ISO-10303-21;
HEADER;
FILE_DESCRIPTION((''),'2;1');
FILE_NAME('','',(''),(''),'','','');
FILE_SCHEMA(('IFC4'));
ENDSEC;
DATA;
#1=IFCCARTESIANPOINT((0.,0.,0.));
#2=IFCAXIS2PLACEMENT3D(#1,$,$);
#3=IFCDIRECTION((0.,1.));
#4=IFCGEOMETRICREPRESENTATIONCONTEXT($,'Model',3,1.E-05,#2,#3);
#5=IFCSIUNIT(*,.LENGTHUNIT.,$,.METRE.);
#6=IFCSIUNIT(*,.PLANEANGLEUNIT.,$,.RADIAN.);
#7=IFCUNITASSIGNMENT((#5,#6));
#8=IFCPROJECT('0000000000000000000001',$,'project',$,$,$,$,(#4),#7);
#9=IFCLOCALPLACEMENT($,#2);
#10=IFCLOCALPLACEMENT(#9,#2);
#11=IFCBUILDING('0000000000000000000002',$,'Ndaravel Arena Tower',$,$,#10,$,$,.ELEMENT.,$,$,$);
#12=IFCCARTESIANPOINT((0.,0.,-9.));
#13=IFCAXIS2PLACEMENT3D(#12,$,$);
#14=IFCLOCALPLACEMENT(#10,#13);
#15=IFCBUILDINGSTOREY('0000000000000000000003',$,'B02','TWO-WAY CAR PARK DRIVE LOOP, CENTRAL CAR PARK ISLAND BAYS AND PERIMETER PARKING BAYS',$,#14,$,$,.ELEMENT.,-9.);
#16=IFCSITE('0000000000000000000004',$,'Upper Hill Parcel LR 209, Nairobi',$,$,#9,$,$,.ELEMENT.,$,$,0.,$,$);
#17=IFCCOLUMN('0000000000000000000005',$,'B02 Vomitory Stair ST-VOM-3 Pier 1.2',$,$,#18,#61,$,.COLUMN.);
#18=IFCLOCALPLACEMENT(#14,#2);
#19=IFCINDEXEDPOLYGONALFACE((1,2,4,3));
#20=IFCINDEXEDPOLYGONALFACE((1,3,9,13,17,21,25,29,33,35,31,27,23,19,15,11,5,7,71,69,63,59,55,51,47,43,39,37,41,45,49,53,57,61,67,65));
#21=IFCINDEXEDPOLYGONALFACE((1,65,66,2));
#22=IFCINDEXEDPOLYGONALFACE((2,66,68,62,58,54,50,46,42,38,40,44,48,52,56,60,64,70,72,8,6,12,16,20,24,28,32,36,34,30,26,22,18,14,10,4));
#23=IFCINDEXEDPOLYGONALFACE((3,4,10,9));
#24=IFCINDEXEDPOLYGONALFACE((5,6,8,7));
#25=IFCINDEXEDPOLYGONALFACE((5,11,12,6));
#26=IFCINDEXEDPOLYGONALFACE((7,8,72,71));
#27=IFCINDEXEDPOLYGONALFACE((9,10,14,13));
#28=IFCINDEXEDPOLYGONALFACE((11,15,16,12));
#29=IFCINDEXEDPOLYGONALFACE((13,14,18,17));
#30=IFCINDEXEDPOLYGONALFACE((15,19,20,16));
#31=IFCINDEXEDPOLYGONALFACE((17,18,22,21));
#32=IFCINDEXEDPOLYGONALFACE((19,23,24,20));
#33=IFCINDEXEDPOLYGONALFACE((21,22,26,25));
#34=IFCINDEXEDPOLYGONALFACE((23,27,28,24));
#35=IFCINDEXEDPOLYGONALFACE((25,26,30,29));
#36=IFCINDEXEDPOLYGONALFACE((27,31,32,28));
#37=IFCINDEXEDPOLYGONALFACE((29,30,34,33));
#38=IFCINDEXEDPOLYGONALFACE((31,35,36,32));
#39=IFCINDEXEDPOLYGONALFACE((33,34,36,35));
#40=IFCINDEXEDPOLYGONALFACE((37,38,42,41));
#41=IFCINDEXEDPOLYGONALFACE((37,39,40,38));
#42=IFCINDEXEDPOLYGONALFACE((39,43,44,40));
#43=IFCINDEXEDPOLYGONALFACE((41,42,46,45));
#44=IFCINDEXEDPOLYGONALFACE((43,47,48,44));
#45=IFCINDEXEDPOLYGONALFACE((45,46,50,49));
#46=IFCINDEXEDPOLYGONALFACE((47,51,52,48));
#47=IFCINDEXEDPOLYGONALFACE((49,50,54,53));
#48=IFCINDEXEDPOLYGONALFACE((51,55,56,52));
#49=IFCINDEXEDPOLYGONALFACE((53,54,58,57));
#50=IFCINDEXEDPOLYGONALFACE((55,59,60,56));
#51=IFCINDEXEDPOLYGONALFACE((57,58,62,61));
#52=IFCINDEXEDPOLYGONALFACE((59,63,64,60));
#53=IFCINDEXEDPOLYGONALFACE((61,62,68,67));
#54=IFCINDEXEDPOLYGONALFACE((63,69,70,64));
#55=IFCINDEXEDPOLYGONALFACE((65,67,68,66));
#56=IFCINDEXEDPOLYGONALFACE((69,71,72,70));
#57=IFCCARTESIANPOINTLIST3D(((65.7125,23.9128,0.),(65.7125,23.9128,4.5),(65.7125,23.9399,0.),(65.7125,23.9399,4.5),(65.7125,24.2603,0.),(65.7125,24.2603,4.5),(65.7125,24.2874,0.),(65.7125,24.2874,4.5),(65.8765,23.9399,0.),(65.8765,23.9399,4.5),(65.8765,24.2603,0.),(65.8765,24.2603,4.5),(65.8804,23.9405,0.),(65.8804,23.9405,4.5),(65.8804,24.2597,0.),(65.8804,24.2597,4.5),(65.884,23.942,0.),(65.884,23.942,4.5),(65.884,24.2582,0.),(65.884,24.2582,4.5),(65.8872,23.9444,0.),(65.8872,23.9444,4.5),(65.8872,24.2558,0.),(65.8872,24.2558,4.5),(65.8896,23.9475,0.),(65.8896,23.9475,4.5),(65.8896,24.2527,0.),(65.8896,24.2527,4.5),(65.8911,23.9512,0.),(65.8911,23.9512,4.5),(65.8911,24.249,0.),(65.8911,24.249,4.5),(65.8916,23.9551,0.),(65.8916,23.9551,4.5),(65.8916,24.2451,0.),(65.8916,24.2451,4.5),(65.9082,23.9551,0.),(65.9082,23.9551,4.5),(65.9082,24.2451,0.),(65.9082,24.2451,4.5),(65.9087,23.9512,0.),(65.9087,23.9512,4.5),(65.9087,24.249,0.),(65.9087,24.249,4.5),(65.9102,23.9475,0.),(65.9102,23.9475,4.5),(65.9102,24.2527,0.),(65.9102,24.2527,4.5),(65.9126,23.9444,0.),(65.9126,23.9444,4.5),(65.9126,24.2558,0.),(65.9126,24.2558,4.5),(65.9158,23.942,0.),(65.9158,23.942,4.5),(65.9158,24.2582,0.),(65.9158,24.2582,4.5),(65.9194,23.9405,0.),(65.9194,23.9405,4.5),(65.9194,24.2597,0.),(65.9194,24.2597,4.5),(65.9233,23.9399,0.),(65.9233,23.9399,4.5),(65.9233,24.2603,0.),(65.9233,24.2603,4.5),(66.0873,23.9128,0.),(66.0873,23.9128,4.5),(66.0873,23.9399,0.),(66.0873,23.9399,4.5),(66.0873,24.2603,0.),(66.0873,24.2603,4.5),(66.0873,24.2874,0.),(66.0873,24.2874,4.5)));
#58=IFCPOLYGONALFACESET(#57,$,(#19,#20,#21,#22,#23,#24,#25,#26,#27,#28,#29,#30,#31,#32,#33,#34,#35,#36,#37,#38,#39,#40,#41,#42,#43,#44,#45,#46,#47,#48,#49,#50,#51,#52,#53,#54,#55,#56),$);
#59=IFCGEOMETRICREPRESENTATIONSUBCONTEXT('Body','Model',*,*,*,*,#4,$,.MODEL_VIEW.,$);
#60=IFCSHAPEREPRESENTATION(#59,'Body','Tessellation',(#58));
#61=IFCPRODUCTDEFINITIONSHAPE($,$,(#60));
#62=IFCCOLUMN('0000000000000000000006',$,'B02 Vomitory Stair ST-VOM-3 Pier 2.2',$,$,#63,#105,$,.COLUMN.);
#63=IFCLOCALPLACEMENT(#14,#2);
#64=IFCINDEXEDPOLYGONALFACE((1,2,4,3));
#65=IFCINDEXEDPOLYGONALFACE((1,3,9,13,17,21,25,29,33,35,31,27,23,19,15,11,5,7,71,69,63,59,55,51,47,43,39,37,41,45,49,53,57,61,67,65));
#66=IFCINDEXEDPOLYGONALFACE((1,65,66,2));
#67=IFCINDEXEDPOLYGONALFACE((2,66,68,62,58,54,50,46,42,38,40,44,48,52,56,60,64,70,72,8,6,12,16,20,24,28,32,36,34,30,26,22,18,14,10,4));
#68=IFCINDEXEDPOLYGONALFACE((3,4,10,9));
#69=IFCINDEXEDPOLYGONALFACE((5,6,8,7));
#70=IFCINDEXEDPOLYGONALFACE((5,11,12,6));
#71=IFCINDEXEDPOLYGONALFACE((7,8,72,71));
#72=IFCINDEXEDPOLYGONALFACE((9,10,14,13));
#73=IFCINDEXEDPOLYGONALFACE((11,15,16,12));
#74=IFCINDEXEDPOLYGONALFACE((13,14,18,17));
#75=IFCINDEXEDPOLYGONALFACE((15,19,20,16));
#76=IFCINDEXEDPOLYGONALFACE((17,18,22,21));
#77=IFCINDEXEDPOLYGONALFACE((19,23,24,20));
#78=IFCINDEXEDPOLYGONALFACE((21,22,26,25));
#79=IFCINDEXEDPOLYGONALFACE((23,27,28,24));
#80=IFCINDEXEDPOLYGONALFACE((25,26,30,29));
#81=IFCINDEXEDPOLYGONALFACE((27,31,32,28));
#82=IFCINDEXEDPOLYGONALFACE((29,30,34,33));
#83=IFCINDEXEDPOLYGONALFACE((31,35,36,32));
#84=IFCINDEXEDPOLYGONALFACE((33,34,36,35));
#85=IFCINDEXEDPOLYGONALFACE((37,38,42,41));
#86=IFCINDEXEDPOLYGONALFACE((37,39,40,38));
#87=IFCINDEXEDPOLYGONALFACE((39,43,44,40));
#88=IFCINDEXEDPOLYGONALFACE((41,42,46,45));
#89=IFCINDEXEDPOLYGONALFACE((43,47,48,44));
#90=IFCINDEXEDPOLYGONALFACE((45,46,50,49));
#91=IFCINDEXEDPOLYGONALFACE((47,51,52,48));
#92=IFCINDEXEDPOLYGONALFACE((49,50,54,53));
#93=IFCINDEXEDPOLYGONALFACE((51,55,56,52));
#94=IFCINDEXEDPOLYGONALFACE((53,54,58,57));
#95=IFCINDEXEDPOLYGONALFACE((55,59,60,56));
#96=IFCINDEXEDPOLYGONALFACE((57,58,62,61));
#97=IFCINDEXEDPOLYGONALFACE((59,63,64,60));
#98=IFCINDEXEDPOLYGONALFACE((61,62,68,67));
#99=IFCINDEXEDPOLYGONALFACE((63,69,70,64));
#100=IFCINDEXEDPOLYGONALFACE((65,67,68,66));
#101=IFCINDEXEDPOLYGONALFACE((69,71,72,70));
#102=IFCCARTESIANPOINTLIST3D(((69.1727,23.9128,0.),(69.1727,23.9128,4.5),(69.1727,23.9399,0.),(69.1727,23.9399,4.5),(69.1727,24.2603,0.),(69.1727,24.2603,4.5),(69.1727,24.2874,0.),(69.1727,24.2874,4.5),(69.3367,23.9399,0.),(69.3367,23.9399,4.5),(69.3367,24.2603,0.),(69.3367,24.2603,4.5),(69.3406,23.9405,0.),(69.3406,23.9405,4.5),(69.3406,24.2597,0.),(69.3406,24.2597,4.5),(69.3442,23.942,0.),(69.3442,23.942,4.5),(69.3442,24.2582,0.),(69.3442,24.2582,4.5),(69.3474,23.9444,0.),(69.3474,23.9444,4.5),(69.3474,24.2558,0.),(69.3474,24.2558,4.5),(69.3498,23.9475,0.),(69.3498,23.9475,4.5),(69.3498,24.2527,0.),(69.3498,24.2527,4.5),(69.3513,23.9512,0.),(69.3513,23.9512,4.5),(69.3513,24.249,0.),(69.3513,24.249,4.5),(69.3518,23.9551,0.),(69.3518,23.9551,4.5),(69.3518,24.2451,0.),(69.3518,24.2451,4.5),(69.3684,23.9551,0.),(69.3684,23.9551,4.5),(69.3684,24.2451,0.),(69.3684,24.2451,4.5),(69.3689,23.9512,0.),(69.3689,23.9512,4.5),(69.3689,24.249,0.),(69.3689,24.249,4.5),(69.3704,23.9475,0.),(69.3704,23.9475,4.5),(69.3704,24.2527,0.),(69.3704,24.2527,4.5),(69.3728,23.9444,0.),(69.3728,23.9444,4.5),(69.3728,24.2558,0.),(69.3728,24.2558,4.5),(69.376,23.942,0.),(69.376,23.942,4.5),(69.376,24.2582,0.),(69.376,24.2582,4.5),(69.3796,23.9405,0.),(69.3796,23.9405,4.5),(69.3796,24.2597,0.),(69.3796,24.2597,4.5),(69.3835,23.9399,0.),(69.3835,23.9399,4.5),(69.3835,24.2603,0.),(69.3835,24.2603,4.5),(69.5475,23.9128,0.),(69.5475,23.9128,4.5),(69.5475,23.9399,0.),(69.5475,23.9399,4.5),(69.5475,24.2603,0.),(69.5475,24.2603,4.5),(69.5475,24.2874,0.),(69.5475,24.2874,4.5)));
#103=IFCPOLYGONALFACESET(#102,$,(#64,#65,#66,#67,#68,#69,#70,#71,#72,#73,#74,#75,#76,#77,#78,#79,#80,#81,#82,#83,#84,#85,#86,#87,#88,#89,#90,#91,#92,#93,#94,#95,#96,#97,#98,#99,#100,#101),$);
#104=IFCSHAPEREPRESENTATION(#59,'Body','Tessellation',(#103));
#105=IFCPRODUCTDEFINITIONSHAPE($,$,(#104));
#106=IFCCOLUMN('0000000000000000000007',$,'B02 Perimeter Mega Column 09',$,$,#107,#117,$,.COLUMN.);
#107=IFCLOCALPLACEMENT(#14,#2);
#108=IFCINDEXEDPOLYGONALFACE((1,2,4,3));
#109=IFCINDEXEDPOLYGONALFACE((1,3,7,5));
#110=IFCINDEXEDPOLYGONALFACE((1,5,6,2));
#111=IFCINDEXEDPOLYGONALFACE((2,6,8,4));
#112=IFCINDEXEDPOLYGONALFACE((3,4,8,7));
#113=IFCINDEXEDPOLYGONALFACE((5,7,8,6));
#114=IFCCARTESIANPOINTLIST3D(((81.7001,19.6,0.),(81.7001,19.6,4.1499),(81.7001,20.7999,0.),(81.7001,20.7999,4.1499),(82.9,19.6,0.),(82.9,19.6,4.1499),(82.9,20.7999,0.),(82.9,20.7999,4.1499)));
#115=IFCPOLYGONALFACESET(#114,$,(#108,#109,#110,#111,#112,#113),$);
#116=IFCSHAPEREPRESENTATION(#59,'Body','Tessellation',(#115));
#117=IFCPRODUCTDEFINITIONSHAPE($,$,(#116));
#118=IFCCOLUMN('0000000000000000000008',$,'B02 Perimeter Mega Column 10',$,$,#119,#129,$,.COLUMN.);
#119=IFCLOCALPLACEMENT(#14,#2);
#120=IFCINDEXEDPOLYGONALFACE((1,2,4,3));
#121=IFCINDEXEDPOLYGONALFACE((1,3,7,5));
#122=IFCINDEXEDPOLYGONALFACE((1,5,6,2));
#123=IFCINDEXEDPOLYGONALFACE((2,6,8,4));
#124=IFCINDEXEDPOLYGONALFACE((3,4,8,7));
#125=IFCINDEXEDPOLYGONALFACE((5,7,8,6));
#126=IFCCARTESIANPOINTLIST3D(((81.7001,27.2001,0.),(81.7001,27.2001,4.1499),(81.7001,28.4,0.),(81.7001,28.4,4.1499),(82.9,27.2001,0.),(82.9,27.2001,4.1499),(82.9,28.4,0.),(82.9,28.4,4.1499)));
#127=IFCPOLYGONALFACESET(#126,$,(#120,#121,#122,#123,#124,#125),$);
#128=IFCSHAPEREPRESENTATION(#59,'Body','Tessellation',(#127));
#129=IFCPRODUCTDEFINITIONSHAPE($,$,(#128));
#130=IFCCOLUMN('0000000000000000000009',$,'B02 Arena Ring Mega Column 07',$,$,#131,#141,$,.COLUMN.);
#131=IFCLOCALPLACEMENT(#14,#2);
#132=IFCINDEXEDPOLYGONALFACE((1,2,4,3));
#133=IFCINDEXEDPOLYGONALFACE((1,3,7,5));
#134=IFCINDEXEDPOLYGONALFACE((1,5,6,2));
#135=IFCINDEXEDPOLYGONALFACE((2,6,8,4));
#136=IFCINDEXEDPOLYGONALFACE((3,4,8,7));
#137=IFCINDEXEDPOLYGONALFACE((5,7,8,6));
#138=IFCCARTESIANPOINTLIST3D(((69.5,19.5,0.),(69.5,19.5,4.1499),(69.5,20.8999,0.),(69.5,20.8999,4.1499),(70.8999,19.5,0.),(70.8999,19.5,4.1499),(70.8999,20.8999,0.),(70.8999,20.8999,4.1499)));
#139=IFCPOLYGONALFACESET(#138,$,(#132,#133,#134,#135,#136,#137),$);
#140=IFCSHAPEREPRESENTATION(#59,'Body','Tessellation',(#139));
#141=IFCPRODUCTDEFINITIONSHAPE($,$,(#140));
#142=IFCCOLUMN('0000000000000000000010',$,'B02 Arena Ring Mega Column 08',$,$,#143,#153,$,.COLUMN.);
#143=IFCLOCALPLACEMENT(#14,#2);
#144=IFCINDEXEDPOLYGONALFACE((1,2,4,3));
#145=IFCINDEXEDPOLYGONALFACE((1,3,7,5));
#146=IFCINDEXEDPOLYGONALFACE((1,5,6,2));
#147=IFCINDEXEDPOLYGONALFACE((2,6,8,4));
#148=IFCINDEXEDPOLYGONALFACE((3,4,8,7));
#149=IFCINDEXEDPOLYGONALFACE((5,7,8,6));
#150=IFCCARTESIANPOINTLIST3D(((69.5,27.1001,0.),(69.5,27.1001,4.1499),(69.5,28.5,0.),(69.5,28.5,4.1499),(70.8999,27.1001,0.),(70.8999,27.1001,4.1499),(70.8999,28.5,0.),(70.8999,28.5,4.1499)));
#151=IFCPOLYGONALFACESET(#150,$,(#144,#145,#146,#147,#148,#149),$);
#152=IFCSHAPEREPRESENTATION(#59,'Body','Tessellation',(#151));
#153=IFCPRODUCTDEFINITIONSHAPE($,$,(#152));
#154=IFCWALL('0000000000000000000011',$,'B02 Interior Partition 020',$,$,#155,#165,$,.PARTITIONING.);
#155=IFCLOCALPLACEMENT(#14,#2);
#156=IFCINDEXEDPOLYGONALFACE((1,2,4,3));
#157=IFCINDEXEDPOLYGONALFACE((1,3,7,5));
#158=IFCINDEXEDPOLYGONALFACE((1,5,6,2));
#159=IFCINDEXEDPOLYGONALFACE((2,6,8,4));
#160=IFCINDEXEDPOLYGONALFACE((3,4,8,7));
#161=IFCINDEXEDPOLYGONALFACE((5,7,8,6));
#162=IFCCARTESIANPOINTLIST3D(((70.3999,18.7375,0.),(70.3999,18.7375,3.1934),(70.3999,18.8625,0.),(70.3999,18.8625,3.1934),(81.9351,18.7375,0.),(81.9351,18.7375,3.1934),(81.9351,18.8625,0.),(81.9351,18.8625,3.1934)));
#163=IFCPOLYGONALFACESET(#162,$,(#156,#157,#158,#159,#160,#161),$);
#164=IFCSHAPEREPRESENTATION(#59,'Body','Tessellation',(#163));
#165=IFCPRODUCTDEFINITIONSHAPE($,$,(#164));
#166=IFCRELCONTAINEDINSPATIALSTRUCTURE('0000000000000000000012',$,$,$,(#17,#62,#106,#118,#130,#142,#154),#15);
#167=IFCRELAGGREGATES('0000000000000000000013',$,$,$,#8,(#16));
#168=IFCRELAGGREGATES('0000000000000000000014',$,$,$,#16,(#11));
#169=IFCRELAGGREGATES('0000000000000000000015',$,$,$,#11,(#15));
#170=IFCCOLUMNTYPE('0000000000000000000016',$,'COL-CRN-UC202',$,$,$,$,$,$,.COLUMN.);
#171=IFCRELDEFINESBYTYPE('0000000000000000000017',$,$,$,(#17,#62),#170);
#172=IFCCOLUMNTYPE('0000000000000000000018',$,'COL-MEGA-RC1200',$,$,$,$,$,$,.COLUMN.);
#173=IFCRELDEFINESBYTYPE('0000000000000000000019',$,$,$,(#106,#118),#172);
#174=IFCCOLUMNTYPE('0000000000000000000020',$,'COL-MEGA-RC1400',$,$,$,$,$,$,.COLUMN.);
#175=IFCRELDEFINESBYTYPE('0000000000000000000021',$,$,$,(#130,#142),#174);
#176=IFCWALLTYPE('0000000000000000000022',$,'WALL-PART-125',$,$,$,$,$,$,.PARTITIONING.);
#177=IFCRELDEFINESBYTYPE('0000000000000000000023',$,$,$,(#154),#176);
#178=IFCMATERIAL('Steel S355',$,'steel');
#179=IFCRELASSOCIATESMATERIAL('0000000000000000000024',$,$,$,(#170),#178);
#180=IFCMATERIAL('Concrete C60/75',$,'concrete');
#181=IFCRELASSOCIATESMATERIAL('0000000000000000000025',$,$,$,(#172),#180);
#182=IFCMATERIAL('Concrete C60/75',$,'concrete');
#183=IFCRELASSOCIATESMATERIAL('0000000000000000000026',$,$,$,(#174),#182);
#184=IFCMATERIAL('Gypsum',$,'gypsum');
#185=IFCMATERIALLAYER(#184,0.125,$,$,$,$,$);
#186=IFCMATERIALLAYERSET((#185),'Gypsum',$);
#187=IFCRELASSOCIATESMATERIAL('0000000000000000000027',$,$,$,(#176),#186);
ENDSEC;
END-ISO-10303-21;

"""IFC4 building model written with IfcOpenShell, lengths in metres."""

from ifc_helpers import new_model, si_unit, direction, frame, frame_2d, origin, origin_2d, place, context, subcontext, project, spatial, rectangle, i_section, extrude, material, layer, layer_set, material_profile, profile_set, type_object, element, save


model = new_model("IFC4")

# Units and contexts
model_context = context("Model", 3, precision=1e-05, world=origin(), true_north=direction((0.0, 1.0)))
body_context = subcontext(model_context, "Body", "Model", "MODEL_VIEW")
ifc_project = project(units=[si_unit("LENGTHUNIT", "METRE"), si_unit("PLANEANGLEUNIT", "RADIAN")], contexts=[model_context])

# Site, building, storey
site_placement = place(None, origin())
site = spatial("IfcSite", under=ifc_project, at=site_placement, Name="Upper Hill Parcel LR 209, Nairobi", CompositionType="ELEMENT", RefElevation=0.0)
building_placement = place(site_placement, origin())
building = spatial("IfcBuilding", under=site, at=building_placement, Name="Ndaravel Arena Tower", CompositionType="ELEMENT")
storey_placement = place(building_placement, frame((0.0, 0.0, -9.0)))
storey = spatial("IfcBuildingStorey", under=building, at=storey_placement, Name="B02", Description="TWO-WAY CAR PARK DRIVE LOOP, CENTRAL CAR PARK ISLAND BAYS AND PERIMETER PARKING BAYS", CompositionType="ELEMENT", Elevation=-9.0)

# Columns
ifc_material_1 = material(Name="Steel S355", Category="steel")
ifc_material_profile_1 = material_profile(ifc_material_1, i_section(OverallWidth=0.3748, OverallDepth=0.3745, WebThickness=0.0166, FlangeThickness=0.0271, FilletRadius=0.0151, at=origin_2d()), Name="UC 356x368x202")
ifc_profile_set_1 = profile_set([ifc_material_profile_1], Name="Steel S355")
column_type_1 = type_object("IfcColumnType", Name="COL-CRN-UC202", PredefinedType="COLUMN", material=ifc_profile_set_1)
for number, where, z_axis, x_axis, name in (
    (1, (65.8999, 24.1001, 0.0), (0.0, 0.0, 1.0), (1.0, 0.0, 0.0), "B02 Vomitory Stair ST-VOM-3 Pier 1.2"),
    (2, (69.3601, 24.1001, 0.0), (0.0, 0.0, 1.0), (1.0, 0.0, 0.0), "B02 Vomitory Stair ST-VOM-3 Pier 2.2"),
):
    element("IfcColumn", number, at=place(storey_placement, frame(where, z_axis=z_axis, x_axis=x_axis)), inside=storey, type_object=column_type_1, Name=name, PredefinedType="COLUMN", context=body_context, shape_type="SweptSolid", body=[
        extrude(i_section(OverallWidth=0.3748, OverallDepth=0.3745, WebThickness=0.0166, FlangeThickness=0.0271, FilletRadius=0.0151, at=origin_2d()), origin(), (0.0, 0.0, 1.0), 4.5),
    ])
ifc_material_2 = material(Name="Concrete C60/75", Category="concrete")
ifc_material_profile_2 = material_profile(ifc_material_2, rectangle(XDim=1.2, YDim=1.2, at=origin_2d()), Name="RC 1200x1200")
ifc_profile_set_2 = profile_set([ifc_material_profile_2], Name="Concrete C60/75")
column_type_2 = type_object("IfcColumnType", Name="COL-MEGA-RC1200", PredefinedType="COLUMN", material=ifc_profile_set_2)
for number, where, z_axis, x_axis, name in (
    (3, (82.3, 20.2, 0.0), (0.0, 0.0, 1.0), (1.0, 0.0, 0.0), "B02 Perimeter Mega Column 09"),
    (4, (82.3, 27.8, 0.0), (0.0, 0.0, 1.0), (1.0, 0.0, 0.0), "B02 Perimeter Mega Column 10"),
):
    element("IfcColumn", number, at=place(storey_placement, frame(where, z_axis=z_axis, x_axis=x_axis)), inside=storey, type_object=column_type_2, Name=name, PredefinedType="COLUMN", context=body_context, shape_type="SweptSolid", body=[
        extrude(rectangle(XDim=1.2, YDim=1.2, at=origin_2d()), origin(), (0.0, 0.0, 1.0), 4.1499),
    ])
ifc_material_3 = material(Name="Concrete C60/75", Category="concrete")
ifc_material_profile_3 = material_profile(ifc_material_3, rectangle(XDim=1.3999, YDim=1.3999, at=origin_2d()), Name="RC 1400x1400")
ifc_profile_set_3 = profile_set([ifc_material_profile_3], Name="Concrete C60/75")
column_type_3 = type_object("IfcColumnType", Name="COL-MEGA-RC1400", PredefinedType="COLUMN", material=ifc_profile_set_3)
for number, where, z_axis, x_axis, name in (
    (5, (70.2, 20.2, 0.0), (0.0, 0.0, 1.0), (1.0, 0.0, 0.0), "B02 Arena Ring Mega Column 07"),
    (6, (70.2, 27.8, 0.0), (0.0, 0.0, 1.0), (1.0, 0.0, 0.0), "B02 Arena Ring Mega Column 08"),
):
    element("IfcColumn", number, at=place(storey_placement, frame(where, z_axis=z_axis, x_axis=x_axis)), inside=storey, type_object=column_type_3, Name=name, PredefinedType="COLUMN", context=body_context, shape_type="SweptSolid", body=[
        extrude(rectangle(XDim=1.3999, YDim=1.3999, at=origin_2d()), origin(), (0.0, 0.0, 1.0), 4.1499),
    ])

# Wall
ifc_material_4 = material(Name="Gypsum", Category="gypsum")
ifc_layer_1 = layer(ifc_material_4, 0.125)
ifc_layer_set_1 = layer_set([ifc_layer_1], Name="Gypsum")
wall_type_1 = type_object("IfcWallType", Name="WALL-PART-125", PredefinedType="PARTITIONING", material=ifc_layer_set_1)
wall_1_placement = place(storey_placement, frame((81.9351, 18.8, 0.0), z_axis=(0.0, 0.0, 1.0), x_axis=(-1.0, 0.0, 0.0)))
element("IfcWall", 7, at=wall_1_placement, inside=storey, type_object=wall_type_1, Name="B02 Interior Partition 020", PredefinedType="PARTITIONING", context=body_context, shape_type="SweptSolid", body=[
    extrude(rectangle(XDim=11.5352, YDim=0.125, at=frame_2d((5.7676, 0.0))), origin(), (0.0, 0.0, 1.0), 3.1934),
])

save(model, "model.ifc")
